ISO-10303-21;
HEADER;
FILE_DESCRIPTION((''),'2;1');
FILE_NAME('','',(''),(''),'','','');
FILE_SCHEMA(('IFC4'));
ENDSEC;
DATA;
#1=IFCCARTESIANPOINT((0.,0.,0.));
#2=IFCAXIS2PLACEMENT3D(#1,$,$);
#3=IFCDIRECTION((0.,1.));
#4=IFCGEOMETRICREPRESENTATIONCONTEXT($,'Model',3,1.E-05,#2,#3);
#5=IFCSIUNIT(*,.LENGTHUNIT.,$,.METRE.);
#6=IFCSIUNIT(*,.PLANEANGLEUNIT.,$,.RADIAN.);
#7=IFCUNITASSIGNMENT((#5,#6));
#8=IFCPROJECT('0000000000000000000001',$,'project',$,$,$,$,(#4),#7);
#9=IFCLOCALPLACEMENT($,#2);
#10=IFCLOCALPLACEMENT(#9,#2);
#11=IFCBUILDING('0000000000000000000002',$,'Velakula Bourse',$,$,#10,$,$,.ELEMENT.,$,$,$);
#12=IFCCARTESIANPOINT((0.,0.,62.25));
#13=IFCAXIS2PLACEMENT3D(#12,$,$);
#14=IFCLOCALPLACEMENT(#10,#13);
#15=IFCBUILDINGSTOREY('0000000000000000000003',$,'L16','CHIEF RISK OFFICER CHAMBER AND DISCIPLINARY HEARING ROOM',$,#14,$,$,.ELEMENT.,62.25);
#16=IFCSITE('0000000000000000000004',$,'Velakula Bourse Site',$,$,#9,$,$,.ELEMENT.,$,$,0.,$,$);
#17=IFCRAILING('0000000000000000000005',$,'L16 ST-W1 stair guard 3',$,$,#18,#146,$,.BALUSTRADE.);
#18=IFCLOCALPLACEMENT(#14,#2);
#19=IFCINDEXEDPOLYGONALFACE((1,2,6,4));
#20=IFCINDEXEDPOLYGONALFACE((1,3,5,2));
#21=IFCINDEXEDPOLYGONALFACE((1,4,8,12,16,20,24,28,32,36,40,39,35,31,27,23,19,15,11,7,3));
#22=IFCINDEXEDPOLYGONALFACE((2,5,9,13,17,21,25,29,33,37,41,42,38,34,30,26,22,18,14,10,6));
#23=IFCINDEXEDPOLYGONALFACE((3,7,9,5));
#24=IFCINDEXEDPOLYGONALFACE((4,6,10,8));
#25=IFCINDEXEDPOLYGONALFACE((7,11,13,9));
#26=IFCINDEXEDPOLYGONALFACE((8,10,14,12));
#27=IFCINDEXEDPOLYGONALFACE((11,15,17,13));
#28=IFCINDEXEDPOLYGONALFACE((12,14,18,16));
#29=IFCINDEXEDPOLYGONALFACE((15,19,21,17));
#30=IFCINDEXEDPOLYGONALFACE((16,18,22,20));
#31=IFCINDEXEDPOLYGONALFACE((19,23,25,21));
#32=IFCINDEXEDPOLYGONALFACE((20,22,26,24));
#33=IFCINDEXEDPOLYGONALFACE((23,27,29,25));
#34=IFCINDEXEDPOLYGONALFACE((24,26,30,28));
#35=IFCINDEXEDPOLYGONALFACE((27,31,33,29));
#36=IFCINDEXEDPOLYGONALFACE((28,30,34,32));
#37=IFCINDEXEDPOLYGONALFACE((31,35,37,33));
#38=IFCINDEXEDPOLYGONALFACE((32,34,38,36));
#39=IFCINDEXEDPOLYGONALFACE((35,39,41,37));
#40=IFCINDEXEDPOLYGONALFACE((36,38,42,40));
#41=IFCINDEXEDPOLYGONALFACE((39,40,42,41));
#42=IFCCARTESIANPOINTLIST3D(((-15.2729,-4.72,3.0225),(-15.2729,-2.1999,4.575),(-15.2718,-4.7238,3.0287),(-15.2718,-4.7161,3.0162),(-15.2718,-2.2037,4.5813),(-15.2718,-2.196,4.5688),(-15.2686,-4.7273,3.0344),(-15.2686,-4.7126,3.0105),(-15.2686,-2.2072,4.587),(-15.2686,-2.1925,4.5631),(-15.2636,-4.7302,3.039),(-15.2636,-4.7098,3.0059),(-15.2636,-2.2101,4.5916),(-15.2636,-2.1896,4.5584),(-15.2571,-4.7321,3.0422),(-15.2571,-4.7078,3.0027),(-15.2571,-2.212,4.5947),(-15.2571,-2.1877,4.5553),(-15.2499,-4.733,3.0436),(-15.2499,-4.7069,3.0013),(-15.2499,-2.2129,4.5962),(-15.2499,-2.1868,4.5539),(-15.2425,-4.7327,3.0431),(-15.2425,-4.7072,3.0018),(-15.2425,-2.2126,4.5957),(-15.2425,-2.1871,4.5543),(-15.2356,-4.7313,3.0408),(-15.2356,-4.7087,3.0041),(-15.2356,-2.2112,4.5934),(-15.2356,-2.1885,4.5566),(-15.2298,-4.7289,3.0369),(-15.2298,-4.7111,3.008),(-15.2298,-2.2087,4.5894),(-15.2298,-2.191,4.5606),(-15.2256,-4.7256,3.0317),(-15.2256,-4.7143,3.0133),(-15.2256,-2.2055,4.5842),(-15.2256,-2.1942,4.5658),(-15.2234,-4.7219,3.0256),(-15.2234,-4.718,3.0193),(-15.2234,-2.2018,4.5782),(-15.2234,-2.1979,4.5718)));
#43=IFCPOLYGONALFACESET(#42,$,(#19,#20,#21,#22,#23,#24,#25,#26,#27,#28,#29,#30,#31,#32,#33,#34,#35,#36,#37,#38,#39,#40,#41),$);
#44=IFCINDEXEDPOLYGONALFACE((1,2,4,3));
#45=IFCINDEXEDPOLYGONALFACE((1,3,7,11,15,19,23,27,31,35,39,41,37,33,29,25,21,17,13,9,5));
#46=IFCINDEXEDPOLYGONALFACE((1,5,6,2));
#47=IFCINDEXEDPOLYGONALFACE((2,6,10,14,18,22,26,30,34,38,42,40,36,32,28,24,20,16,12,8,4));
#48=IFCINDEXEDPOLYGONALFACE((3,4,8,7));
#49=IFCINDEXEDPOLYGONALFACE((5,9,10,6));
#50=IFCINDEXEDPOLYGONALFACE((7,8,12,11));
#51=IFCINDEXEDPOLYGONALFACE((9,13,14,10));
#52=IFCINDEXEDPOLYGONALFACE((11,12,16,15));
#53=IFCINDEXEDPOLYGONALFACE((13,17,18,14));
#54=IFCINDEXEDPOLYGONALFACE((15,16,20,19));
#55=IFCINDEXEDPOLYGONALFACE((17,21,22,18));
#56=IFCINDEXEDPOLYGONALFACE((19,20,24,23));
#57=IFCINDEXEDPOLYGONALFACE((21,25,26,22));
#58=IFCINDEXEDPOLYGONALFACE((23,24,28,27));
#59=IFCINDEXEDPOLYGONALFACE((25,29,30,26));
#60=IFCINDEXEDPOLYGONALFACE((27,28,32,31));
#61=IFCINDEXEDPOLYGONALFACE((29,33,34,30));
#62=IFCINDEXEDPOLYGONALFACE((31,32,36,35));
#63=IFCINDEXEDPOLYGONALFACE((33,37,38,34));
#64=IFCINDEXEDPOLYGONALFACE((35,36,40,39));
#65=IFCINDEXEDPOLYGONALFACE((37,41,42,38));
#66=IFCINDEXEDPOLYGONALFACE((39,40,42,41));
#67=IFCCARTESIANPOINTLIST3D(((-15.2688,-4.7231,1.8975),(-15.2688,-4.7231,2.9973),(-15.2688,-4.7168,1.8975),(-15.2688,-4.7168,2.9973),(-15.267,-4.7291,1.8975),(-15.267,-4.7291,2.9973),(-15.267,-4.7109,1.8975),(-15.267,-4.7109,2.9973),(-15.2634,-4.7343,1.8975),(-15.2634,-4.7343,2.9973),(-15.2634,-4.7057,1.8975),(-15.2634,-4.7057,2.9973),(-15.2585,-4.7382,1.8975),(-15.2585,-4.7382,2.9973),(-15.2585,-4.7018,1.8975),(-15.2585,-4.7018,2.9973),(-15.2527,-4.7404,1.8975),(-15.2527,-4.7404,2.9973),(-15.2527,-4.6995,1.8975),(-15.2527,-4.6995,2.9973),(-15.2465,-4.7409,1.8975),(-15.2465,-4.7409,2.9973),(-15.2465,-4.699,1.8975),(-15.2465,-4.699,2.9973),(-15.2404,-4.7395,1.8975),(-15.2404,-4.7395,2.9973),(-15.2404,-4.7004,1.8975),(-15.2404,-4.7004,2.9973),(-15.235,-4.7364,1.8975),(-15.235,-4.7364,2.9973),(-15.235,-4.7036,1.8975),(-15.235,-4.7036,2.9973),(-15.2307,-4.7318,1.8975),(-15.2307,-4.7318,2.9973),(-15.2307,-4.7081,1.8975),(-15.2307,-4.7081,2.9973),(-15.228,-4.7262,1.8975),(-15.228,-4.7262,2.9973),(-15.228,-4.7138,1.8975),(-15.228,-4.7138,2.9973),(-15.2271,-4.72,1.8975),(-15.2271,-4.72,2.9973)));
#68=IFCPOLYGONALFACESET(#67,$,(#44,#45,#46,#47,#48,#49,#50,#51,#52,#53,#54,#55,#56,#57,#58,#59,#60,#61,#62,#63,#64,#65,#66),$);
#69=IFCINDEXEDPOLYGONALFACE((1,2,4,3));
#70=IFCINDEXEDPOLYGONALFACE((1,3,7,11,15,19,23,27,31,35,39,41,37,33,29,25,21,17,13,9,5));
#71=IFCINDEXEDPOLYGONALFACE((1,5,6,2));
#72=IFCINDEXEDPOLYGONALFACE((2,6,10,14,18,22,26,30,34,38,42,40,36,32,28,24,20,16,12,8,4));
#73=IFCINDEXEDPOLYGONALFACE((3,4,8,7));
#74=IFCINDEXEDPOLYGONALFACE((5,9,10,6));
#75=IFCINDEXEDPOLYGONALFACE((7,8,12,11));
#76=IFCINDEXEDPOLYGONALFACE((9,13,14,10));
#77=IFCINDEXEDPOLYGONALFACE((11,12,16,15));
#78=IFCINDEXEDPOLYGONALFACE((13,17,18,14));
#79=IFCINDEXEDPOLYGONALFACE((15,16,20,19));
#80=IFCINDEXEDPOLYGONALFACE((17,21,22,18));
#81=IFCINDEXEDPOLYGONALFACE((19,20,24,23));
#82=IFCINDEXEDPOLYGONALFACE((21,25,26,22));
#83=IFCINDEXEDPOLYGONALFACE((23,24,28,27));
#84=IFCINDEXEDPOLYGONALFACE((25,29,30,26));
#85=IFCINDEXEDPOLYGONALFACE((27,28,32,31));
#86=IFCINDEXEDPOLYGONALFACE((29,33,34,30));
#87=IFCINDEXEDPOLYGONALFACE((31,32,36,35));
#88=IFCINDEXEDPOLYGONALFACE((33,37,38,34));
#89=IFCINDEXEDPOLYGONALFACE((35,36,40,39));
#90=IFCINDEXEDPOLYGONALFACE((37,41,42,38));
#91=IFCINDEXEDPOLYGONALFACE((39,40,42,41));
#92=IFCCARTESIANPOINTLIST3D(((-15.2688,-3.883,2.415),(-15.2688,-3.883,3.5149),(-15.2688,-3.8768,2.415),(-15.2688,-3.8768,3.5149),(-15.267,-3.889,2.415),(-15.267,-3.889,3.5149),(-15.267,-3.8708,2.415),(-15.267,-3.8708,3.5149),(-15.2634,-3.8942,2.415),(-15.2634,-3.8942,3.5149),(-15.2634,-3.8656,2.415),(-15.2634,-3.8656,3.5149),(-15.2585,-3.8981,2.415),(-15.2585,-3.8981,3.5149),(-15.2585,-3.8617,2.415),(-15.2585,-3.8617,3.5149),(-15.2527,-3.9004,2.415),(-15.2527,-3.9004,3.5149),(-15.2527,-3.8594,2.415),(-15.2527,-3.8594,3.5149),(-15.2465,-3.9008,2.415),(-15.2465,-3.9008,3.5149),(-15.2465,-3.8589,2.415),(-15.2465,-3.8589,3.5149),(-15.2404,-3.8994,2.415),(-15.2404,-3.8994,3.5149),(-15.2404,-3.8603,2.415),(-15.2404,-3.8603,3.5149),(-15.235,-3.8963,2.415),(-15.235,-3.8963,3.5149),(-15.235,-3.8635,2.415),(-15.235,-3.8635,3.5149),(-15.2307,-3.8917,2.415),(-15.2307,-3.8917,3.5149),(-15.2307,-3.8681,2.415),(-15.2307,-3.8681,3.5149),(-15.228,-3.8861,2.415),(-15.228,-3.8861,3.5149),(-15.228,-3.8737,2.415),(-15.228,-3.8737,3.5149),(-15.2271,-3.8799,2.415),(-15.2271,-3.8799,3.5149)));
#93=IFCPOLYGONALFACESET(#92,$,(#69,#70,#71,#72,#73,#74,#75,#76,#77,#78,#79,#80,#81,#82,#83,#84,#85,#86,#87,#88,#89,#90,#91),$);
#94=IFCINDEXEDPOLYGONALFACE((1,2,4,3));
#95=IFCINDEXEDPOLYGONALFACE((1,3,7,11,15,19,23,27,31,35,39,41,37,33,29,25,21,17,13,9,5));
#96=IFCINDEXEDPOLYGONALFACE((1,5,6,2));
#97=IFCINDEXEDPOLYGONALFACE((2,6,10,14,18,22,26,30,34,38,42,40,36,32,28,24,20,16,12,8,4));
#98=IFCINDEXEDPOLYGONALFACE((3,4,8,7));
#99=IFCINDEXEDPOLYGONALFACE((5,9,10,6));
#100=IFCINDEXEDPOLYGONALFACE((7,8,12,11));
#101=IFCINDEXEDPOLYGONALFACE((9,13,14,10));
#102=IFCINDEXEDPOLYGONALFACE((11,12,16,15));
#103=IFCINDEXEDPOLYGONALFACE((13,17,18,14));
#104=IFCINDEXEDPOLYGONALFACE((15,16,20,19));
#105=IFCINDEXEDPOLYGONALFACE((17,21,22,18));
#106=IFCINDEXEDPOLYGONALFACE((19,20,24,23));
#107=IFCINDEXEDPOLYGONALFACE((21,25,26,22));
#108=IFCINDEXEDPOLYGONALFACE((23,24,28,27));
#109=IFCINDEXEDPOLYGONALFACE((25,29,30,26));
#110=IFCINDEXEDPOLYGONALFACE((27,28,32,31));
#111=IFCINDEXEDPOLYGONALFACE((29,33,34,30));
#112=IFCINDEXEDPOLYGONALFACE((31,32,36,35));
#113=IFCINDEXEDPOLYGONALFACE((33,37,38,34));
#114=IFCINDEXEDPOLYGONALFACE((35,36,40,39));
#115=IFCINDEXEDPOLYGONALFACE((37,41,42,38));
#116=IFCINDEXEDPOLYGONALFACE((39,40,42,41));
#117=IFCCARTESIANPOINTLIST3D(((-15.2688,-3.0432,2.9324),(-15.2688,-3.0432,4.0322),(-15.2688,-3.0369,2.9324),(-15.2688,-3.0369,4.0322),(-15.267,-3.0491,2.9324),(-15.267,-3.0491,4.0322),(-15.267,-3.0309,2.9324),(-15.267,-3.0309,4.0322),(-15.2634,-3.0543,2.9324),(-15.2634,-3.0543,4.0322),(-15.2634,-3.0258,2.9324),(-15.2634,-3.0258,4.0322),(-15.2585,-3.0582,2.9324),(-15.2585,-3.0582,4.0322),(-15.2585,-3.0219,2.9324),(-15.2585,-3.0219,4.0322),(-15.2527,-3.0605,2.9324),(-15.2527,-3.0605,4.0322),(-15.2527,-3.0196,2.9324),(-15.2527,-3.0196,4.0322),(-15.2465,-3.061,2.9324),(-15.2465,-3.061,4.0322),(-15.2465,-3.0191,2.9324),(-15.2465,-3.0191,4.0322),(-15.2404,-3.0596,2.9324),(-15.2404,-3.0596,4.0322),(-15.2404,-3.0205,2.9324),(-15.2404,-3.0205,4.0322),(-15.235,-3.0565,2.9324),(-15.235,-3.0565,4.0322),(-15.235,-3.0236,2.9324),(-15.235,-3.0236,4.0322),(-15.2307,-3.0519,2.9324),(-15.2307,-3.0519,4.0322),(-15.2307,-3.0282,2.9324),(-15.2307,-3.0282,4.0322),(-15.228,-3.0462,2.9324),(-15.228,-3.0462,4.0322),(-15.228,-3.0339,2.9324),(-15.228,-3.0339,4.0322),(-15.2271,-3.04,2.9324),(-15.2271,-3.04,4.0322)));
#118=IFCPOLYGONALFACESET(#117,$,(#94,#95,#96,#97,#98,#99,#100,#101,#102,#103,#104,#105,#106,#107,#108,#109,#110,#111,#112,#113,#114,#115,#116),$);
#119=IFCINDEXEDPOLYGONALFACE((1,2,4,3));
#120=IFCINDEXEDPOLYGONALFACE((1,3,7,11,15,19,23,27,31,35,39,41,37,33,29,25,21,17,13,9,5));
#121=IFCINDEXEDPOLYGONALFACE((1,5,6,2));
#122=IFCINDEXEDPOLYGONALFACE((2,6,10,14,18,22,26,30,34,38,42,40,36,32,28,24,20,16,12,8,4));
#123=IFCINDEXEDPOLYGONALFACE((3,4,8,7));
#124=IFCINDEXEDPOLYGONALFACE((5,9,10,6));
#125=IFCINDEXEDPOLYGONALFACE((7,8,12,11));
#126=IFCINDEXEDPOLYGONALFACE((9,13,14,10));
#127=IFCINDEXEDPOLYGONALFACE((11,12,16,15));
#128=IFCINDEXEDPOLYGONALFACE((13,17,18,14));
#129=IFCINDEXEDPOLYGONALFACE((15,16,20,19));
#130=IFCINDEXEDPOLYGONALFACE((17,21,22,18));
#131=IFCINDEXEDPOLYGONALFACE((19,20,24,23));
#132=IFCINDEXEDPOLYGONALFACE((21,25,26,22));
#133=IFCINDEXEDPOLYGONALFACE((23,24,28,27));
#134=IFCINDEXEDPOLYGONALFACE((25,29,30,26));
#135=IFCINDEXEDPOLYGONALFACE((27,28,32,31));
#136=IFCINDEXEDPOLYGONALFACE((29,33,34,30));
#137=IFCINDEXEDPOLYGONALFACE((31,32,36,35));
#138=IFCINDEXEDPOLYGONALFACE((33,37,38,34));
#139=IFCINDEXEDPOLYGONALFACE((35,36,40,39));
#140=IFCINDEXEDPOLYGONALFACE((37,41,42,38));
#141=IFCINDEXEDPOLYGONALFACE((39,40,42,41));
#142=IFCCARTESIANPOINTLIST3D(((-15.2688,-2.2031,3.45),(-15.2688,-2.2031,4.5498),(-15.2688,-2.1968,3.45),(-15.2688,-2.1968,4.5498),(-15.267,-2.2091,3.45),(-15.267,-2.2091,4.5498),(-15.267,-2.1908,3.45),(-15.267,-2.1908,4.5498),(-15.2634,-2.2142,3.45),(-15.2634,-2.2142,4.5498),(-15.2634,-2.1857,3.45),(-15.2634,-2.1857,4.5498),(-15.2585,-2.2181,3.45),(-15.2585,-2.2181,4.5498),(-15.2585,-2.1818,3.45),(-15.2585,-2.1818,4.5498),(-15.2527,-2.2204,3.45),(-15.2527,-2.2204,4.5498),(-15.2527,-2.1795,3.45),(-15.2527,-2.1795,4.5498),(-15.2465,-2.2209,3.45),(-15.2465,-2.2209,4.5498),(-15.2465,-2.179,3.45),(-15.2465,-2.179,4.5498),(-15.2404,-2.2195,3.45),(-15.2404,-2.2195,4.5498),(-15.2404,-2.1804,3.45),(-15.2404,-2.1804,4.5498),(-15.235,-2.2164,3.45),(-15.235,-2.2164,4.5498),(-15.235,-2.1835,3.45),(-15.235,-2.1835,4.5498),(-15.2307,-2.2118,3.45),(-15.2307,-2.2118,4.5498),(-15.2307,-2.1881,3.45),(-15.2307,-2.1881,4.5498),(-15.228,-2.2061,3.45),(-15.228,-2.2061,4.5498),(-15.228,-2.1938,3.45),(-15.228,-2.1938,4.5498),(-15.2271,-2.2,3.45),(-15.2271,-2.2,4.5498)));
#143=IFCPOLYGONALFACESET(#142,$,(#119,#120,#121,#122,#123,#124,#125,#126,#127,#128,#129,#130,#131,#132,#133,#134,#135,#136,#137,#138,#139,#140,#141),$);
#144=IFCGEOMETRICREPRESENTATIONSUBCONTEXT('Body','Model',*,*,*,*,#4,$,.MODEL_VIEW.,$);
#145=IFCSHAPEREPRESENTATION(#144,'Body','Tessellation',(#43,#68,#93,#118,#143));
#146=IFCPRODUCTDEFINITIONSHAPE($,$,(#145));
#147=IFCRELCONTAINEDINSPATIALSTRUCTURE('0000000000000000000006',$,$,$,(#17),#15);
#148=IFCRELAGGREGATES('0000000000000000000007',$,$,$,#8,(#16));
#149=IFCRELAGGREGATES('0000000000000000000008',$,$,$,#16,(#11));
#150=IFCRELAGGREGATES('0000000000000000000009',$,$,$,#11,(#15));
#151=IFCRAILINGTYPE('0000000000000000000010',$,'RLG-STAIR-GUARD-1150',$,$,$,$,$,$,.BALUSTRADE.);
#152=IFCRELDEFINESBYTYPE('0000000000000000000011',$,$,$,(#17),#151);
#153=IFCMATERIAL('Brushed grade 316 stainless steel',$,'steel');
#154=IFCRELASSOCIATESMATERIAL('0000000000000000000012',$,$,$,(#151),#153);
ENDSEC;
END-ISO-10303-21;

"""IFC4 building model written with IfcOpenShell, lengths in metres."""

from ifc_helpers import new_model, si_unit, direction, frame, origin, origin_2d, place, context, subcontext, project, spatial, circle, extrude, material, type_object, element, save


model = new_model("IFC4")

# Units and contexts
model_context = context("Model", 3, precision=1e-05, world=origin(), true_north=direction((0.0, 1.0)))
body_context = subcontext(model_context, "Body", "Model", "MODEL_VIEW")
ifc_project = project(units=[si_unit("LENGTHUNIT", "METRE"), si_unit("PLANEANGLEUNIT", "RADIAN")], contexts=[model_context])

# Site, building, storey
site_placement = place(None, origin())
site = spatial("IfcSite", under=ifc_project, at=site_placement, Name="Velakula Bourse Site", CompositionType="ELEMENT", RefElevation=0.0)
building_placement = place(site_placement, origin())
building = spatial("IfcBuilding", under=site, at=building_placement, Name="Velakula Bourse", CompositionType="ELEMENT")
storey_placement = place(building_placement, frame((0.0, 0.0, 62.25)))
storey = spatial("IfcBuildingStorey", under=building, at=storey_placement, Name="L16", Description="CHIEF RISK OFFICER CHAMBER AND DISCIPLINARY HEARING ROOM", CompositionType="ELEMENT", Elevation=62.25)

# Shared definitions
ifc_material_1 = material(Name="Brushed grade 316 stainless steel", Category="steel")

# Railing
railing_type_1 = type_object("IfcRailingType", Name="RLG-STAIR-GUARD-1150", PredefinedType="BALUSTRADE", material=ifc_material_1)
railing_1_placement = place(storey_placement, frame((-15.248, -4.72, 1.8975)))
element("IfcRailing", 1, at=railing_1_placement, inside=storey, type_object=railing_type_1, Name="L16 ST-W1 stair guard 3", PredefinedType="BALUSTRADE", context=body_context, shape_type="SweptSolid", body=[
    extrude(circle(Radius=0.0249, at=origin_2d()), frame((0.0, 0.0, 1.125), z_axis=(0.0, 0.8514, 0.524516), x_axis=(-1.0, 0.0, 0.0)), (0.0, 0.0, 1.0), 2.96),
    extrude(circle(Radius=0.021, at=origin_2d()), origin(), (0.0, 0.0, 1.0), 1.0999),
    extrude(circle(Radius=0.021, at=origin_2d()), frame((0.0, 0.8401, 0.5176)), (0.0, 0.0, 1.0), 1.0999),
    extrude(circle(Radius=0.021, at=origin_2d()), frame((0.0, 1.6799, 1.0349)), (0.0, 0.0, 1.0), 1.0999),
    extrude(circle(Radius=0.021, at=origin_2d()), frame((0.0, 2.52, 1.5525)), (0.0, 0.0, 1.0), 1.0999),
])

save(model, "model.ifc")
